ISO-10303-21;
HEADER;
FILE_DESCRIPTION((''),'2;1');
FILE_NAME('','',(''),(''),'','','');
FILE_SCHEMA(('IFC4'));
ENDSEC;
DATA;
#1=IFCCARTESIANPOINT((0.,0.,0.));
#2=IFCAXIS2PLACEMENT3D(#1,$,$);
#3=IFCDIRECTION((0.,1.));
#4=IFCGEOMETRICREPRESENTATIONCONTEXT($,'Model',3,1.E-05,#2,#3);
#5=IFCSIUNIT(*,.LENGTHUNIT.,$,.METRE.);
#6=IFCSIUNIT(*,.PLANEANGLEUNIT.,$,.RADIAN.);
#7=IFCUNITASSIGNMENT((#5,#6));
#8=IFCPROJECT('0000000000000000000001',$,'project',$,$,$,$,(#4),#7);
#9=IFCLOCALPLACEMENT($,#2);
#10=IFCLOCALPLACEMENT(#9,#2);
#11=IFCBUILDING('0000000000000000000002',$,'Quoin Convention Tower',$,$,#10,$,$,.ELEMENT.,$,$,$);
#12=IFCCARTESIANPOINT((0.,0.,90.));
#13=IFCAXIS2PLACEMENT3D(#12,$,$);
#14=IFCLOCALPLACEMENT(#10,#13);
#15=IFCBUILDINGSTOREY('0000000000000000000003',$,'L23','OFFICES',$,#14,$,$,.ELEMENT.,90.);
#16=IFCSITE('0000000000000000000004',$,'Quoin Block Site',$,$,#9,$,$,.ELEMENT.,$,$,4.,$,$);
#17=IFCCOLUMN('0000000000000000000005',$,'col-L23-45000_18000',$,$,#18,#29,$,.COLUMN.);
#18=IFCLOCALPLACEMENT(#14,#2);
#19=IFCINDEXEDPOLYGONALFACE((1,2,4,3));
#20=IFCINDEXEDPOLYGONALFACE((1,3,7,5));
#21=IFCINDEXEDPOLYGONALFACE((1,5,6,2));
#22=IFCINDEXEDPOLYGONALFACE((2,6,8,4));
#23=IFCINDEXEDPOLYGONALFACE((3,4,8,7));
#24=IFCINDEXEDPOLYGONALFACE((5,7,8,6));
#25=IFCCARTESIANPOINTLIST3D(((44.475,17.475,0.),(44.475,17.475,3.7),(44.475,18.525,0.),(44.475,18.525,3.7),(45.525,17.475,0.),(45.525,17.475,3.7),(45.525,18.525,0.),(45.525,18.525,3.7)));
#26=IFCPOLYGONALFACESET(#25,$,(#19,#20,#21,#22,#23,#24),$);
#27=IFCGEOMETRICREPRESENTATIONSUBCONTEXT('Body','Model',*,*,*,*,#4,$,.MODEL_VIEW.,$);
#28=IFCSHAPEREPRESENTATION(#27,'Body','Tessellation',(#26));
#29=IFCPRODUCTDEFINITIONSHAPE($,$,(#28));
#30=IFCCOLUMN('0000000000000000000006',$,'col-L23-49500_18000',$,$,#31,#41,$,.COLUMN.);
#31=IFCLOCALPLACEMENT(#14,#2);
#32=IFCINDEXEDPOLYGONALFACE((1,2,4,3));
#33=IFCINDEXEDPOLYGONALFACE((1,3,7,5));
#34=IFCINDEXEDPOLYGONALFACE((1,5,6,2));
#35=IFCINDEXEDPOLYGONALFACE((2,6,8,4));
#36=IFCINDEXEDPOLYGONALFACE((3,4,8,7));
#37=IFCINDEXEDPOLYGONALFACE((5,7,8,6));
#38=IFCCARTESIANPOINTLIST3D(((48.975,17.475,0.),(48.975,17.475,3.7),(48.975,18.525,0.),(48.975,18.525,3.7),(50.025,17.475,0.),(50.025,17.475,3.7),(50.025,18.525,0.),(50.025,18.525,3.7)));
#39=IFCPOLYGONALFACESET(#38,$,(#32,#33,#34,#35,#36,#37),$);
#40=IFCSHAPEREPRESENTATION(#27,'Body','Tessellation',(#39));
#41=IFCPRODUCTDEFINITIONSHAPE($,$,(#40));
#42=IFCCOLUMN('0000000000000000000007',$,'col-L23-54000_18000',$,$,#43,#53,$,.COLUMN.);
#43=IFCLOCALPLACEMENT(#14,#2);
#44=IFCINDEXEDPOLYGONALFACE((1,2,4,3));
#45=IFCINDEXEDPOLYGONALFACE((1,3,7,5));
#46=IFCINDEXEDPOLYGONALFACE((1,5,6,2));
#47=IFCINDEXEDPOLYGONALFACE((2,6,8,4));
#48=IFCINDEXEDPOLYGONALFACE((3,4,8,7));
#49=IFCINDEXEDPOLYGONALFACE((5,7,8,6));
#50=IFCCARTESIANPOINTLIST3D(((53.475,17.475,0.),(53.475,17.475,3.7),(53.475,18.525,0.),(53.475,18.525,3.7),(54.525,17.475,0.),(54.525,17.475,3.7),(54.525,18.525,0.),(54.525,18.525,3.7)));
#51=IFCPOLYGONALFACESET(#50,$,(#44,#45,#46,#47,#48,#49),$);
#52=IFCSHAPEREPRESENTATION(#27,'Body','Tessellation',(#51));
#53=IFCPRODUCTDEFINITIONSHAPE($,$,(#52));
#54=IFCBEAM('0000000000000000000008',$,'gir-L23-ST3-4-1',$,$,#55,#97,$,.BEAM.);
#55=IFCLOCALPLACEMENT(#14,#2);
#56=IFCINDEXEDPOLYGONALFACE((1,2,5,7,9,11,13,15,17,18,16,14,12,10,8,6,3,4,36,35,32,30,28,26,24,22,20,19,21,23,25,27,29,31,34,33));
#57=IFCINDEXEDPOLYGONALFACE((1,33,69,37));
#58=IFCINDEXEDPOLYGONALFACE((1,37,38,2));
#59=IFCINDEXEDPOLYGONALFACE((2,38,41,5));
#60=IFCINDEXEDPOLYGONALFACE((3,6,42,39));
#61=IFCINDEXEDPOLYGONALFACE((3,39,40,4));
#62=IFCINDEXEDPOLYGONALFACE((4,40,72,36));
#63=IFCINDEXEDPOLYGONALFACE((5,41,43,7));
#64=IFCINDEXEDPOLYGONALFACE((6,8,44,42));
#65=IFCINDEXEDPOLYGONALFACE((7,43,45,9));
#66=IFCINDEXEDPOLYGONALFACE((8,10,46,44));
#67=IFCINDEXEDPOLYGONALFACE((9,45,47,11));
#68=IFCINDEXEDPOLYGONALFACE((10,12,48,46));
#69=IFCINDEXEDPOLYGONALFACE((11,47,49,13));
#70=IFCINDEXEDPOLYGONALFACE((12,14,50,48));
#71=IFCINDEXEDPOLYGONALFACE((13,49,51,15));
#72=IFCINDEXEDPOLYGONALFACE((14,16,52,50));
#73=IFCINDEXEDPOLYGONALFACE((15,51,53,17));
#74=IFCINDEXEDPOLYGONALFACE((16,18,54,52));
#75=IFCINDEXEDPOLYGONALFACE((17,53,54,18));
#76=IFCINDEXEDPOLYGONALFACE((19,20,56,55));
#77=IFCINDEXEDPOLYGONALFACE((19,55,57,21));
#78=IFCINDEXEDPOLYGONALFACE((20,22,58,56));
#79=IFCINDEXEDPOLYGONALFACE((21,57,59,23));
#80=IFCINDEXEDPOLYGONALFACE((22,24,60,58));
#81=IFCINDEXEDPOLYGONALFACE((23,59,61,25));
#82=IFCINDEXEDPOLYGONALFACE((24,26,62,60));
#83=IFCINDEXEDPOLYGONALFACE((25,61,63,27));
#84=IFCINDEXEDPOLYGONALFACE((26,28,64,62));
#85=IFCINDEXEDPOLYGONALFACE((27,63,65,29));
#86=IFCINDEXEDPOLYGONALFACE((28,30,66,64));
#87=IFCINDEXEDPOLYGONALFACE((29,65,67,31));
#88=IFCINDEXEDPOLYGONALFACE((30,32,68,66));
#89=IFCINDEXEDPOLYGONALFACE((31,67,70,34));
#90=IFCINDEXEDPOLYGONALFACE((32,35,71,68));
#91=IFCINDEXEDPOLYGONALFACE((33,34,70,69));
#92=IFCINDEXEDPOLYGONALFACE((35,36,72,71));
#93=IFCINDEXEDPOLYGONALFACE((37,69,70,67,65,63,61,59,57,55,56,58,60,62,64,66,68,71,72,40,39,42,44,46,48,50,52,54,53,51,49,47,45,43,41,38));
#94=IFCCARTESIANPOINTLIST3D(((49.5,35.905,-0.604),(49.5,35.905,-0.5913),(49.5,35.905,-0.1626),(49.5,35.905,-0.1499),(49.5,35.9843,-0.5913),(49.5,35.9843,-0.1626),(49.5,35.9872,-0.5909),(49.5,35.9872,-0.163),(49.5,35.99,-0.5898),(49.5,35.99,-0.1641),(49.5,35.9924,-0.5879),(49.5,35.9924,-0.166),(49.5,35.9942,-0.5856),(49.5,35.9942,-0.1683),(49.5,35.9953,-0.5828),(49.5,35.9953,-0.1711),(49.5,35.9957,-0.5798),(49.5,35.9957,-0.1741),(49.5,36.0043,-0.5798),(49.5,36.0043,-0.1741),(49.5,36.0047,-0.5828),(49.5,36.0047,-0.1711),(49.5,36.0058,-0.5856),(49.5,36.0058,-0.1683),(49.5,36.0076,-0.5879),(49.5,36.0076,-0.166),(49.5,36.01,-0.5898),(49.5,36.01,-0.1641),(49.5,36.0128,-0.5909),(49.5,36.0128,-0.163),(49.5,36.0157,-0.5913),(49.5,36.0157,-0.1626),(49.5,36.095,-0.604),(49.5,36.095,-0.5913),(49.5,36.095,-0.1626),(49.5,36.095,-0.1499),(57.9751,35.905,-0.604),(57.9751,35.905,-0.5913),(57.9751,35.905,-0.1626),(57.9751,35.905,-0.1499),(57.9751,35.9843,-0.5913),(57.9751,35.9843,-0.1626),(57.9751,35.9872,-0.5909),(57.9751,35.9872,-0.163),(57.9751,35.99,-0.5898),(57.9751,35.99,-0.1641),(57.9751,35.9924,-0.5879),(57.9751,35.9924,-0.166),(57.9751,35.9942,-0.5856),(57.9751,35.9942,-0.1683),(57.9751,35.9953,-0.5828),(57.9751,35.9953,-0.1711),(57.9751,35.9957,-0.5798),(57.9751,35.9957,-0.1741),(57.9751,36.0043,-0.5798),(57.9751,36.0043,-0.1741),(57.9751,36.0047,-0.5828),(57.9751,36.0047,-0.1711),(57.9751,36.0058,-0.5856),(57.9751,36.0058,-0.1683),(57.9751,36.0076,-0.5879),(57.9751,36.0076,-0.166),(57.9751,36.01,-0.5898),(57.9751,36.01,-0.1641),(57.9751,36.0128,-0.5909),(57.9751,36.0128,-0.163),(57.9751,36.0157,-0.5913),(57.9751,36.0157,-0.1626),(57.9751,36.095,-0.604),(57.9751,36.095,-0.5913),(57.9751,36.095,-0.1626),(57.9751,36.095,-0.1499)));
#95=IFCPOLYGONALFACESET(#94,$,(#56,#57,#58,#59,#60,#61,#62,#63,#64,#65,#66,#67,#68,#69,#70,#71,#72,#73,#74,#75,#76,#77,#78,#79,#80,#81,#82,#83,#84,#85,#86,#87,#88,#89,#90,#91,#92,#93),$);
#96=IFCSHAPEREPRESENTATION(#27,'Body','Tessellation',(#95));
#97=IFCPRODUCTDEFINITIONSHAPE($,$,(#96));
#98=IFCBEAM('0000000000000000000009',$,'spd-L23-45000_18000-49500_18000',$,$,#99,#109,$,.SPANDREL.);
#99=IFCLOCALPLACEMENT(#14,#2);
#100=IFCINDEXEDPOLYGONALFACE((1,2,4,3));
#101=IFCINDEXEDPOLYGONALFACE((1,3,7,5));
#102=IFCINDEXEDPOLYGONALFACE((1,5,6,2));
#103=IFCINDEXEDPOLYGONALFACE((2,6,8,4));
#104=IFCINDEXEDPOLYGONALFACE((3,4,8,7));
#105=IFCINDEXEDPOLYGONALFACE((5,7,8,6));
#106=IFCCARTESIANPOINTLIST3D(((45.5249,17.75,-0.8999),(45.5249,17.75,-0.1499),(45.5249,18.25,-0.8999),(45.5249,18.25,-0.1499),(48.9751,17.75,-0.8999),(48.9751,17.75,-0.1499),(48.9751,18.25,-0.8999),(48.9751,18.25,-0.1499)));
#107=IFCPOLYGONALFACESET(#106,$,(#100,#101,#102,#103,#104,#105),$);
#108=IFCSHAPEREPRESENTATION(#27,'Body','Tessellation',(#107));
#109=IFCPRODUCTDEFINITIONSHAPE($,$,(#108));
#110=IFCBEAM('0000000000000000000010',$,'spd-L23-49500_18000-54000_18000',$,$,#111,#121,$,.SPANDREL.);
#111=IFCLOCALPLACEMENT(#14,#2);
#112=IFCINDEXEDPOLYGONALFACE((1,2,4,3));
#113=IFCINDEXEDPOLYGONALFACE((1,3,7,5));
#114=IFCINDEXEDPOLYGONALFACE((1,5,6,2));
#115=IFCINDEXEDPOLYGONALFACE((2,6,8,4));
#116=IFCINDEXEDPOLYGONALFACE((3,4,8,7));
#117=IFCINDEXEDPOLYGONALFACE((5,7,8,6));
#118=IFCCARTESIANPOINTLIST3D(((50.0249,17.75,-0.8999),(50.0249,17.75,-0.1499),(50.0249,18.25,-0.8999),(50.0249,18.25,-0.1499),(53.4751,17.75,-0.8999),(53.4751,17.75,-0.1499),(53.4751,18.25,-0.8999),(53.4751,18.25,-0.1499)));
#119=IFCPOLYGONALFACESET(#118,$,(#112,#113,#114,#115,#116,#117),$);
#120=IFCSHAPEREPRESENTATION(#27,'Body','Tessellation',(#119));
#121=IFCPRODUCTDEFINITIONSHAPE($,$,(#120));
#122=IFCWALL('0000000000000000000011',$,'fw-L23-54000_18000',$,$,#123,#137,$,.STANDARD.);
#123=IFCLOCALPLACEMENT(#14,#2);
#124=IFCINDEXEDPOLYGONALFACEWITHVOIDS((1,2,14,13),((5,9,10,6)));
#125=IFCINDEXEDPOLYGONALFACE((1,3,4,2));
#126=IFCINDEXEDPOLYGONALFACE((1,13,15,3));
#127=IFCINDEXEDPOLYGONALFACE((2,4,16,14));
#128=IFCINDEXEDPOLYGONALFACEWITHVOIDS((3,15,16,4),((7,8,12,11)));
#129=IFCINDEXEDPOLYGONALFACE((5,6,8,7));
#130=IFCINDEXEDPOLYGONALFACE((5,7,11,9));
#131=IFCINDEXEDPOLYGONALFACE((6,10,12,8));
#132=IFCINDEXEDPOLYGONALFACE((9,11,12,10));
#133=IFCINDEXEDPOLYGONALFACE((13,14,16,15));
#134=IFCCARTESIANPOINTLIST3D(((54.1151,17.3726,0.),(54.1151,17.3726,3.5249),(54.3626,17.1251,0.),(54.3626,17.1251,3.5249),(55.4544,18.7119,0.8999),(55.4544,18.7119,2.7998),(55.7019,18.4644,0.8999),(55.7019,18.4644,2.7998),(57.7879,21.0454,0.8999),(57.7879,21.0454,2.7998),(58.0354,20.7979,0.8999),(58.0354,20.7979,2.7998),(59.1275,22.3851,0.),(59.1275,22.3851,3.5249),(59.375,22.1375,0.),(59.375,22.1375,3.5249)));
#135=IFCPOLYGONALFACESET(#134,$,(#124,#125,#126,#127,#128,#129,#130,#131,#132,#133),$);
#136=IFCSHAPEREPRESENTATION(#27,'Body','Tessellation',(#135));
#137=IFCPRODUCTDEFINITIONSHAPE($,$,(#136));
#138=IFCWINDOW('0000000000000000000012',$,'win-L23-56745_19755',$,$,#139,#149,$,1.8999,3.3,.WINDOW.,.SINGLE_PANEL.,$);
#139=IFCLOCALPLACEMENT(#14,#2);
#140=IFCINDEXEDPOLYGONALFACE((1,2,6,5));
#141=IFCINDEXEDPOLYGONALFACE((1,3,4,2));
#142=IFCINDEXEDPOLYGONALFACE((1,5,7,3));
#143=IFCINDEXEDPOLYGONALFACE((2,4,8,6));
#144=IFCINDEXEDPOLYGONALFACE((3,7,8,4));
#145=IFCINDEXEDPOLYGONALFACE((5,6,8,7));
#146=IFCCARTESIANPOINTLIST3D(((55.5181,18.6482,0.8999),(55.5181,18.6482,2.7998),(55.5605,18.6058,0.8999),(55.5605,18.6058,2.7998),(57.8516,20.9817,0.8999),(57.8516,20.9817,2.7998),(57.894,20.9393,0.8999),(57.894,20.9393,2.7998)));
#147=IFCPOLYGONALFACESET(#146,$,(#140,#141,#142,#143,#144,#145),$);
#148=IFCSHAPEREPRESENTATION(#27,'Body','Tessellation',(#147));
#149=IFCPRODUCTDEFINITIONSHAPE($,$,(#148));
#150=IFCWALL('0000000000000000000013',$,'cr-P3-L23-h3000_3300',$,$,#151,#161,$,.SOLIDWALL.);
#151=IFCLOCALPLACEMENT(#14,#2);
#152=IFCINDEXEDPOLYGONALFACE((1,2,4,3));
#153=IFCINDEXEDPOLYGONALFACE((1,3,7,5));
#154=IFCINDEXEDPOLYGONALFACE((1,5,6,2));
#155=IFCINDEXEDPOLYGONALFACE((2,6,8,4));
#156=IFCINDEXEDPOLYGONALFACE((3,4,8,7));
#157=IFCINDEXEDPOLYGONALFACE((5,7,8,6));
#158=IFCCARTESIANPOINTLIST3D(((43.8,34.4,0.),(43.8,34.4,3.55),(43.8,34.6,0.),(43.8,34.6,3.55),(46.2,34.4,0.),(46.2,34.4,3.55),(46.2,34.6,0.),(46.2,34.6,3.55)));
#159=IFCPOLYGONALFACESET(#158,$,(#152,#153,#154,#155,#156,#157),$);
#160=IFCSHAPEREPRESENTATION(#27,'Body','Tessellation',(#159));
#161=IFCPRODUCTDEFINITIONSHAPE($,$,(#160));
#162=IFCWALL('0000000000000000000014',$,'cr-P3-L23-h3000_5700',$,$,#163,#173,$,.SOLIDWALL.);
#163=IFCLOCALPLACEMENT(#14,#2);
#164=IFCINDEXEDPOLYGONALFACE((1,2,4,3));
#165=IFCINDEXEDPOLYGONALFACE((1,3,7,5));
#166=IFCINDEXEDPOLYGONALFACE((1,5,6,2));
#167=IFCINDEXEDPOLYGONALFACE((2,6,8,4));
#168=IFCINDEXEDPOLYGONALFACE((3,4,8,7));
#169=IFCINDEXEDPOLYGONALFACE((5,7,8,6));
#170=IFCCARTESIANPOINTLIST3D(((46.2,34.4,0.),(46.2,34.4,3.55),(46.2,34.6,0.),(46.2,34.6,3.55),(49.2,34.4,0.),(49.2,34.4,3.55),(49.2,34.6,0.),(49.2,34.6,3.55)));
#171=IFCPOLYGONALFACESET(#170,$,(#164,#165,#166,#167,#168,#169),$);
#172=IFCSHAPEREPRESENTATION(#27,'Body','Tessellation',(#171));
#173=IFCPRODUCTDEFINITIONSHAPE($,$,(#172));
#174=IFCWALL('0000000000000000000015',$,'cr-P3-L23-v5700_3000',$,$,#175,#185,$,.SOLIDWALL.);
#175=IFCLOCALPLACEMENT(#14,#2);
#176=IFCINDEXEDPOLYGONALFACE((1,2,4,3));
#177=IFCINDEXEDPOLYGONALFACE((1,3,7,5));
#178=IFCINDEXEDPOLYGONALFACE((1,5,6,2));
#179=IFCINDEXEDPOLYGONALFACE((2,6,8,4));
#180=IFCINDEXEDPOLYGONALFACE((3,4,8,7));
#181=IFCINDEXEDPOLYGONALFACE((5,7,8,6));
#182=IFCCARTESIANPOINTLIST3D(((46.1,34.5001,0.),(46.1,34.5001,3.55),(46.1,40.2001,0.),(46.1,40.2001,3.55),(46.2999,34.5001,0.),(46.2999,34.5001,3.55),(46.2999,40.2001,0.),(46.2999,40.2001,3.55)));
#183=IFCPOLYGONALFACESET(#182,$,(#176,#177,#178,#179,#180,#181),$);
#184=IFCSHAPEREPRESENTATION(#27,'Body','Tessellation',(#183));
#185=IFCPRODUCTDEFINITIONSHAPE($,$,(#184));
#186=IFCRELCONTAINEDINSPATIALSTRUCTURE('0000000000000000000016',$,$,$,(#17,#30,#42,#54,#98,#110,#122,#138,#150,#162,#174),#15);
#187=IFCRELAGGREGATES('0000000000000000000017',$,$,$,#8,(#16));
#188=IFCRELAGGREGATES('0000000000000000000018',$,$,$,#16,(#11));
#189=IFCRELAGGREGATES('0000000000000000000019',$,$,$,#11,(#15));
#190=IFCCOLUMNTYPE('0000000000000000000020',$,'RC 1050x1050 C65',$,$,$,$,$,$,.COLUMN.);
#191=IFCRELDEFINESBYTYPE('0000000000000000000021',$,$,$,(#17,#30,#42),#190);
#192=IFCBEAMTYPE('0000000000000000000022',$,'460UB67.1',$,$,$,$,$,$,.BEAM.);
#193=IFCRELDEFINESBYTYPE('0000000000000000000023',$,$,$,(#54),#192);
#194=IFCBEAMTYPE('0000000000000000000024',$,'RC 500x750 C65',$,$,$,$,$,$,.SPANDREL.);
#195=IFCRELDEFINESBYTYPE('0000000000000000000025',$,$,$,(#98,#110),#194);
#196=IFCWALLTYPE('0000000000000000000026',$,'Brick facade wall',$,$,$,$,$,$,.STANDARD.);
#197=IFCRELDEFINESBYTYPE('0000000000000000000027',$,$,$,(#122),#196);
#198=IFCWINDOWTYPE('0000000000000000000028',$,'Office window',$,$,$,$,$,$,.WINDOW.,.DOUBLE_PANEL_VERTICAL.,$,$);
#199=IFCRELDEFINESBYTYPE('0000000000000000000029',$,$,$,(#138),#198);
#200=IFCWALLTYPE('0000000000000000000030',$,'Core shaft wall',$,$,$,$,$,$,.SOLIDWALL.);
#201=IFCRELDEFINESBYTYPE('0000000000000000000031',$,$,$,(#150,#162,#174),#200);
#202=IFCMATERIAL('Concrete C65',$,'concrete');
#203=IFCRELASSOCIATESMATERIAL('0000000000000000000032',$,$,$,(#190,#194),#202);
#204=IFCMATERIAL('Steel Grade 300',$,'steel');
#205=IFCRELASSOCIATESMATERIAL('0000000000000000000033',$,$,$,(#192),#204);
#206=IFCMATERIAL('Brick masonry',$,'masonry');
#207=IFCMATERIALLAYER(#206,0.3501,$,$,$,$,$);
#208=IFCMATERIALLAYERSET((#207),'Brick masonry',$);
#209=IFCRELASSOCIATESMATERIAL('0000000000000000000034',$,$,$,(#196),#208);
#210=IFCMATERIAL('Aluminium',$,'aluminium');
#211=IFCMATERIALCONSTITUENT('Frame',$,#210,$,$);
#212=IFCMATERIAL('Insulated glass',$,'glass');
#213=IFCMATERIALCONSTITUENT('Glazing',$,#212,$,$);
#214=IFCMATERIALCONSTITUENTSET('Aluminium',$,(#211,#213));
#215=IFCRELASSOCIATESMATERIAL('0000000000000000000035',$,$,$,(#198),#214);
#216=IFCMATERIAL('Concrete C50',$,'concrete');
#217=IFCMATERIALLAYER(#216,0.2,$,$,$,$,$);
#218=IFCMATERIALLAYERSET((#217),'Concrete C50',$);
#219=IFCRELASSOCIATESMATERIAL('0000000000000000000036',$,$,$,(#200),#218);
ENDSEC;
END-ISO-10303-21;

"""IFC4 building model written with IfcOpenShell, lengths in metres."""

from ifc_helpers import new_model, si_unit, direction, frame, frame_2d, origin, origin_2d, place, context, subcontext, project, spatial, rectangle, i_section, extrude, material, layer, layer_set, constituent, constituent_set, material_profile, profile_set, type_object, element, fill, save


model = new_model("IFC4")

# Units and contexts
model_context = context("Model", 3, precision=1e-05, world=origin(), true_north=direction((0.0, 1.0)))
body_context = subcontext(model_context, "Body", "Model", "MODEL_VIEW")
ifc_project = project(units=[si_unit("LENGTHUNIT", "METRE"), si_unit("PLANEANGLEUNIT", "RADIAN")], contexts=[model_context])

# Site, building, storey
site_placement = place(None, origin())
site = spatial("IfcSite", under=ifc_project, at=site_placement, Name="Quoin Block Site", CompositionType="ELEMENT", RefElevation=4.0)
building_placement = place(site_placement, origin())
building = spatial("IfcBuilding", under=site, at=building_placement, Name="Quoin Convention Tower", CompositionType="ELEMENT")
storey_placement = place(building_placement, frame((0.0, 0.0, 90.0)))
storey = spatial("IfcBuildingStorey", under=building, at=storey_placement, Name="L23", Description="OFFICES", CompositionType="ELEMENT", Elevation=90.0)

# Columns
ifc_material_1 = material(Name="Concrete C65", Category="concrete")
ifc_material_profile_1 = material_profile(ifc_material_1, rectangle(XDim=1.05, YDim=1.05, at=origin_2d()), Name="RC 1050x1050")
ifc_profile_set_1 = profile_set([ifc_material_profile_1], Name="Concrete C65")
column_type = type_object("IfcColumnType", Name="RC 1050x1050 C65", PredefinedType="COLUMN", material=ifc_profile_set_1)
for number, where, z_axis, x_axis, name in (
    (1, (45.0, 18.0, 0.0), (0.0, 0.0, 1.0), (1.0, 0.0, 0.0), "col-L23-45000_18000"),
    (2, (49.5, 18.0, 0.0), (0.0, 0.0, 1.0), (1.0, 0.0, 0.0), "col-L23-49500_18000"),
    (3, (54.0, 18.0, 0.0), (0.0, 0.0, 1.0), (1.0, 0.0, 0.0), "col-L23-54000_18000"),
):
    element("IfcColumn", number, at=place(storey_placement, frame(where, z_axis=z_axis, x_axis=x_axis)), inside=storey, type_object=column_type, Name=name, PredefinedType="COLUMN", context=body_context, shape_type="SweptSolid", body=[
        extrude(rectangle(XDim=1.05, YDim=1.05, at=origin_2d()), origin(), (0.0, 0.0, 1.0), 3.7),
    ])

# Beams
ifc_material_2 = material(Name="Steel Grade 300", Category="steel")
ifc_material_profile_2 = material_profile(ifc_material_2, i_section(OverallWidth=0.1899, OverallDepth=0.4541, WebThickness=0.0085, FlangeThickness=0.0127, FilletRadius=0.0115, at=origin_2d()), Name="460UB67.1")
ifc_profile_set_2 = profile_set([ifc_material_profile_2], Name="Steel Grade 300")
beam_type_1 = type_object("IfcBeamType", Name="460UB67.1", PredefinedType="BEAM", material=ifc_profile_set_2)
beam_placement = place(storey_placement, frame((49.5, 36.0, -0.377), z_axis=(1.0, 0.0, 0.0), x_axis=(0.0, 1.0, 0.0)))
element("IfcBeam", 4, at=beam_placement, inside=storey, type_object=beam_type_1, Name="gir-L23-ST3-4-1", PredefinedType="BEAM", context=body_context, shape_type="SweptSolid", body=[
    extrude(i_section(OverallWidth=0.1899, OverallDepth=0.4541, WebThickness=0.0085, FlangeThickness=0.0127, FilletRadius=0.0115, at=origin_2d()), origin(), (0.0, 0.0, 1.0), 8.4751),
])
ifc_material_profile_3 = material_profile(ifc_material_1, rectangle(XDim=0.5, YDim=0.75, at=origin_2d()), Name="RC 500x750")
ifc_profile_set_3 = profile_set([ifc_material_profile_3], Name="Concrete C65")
beam_type_2 = type_object("IfcBeamType", Name="RC 500x750 C65", PredefinedType="SPANDREL", material=ifc_profile_set_3)
for number, where, z_axis, x_axis, name in (
    (5, (45.5249, 18.0, -0.5249), (1.0, 0.0, 0.0), (0.0, 1.0, 0.0), "spd-L23-45000_18000-49500_18000"),
    (6, (50.0249, 18.0, -0.5249), (1.0, 0.0, 0.0), (0.0, 1.0, 0.0), "spd-L23-49500_18000-54000_18000"),
):
    element("IfcBeam", number, at=place(storey_placement, frame(where, z_axis=z_axis, x_axis=x_axis)), inside=storey, type_object=beam_type_2, Name=name, PredefinedType="SPANDREL", context=body_context, shape_type="SweptSolid", body=[
        extrude(rectangle(XDim=0.5, YDim=0.75, at=origin_2d()), origin(), (0.0, 0.0, 1.0), 3.4502),
    ])

# Wall, opening, window
ifc_material_3 = material(Name="Brick masonry", Category="masonry")
ifc_layer_1 = layer(ifc_material_3, 0.3501)
ifc_layer_set_1 = layer_set([ifc_layer_1], Name="Brick masonry")
wall_type_1 = type_object("IfcWallType", Name="Brick facade wall", PredefinedType="STANDARD", material=ifc_layer_set_1)
wall_1_placement = place(storey_placement, frame((54.2388, 17.2488, 0.0), z_axis=(0.0, 0.0, 1.0), x_axis=(0.707107, 0.707107, 0.0)))
wall_1 = element("IfcWall", 7, at=wall_1_placement, inside=storey, type_object=wall_type_1, Name="fw-L23-54000_18000", PredefinedType="STANDARD", context=body_context, shape_type="SweptSolid", body=[
    extrude(rectangle(XDim=7.0886, YDim=0.3501, at=frame_2d((3.5444, 0.0))), origin(), (0.0, 0.0, 1.0), 3.5249),
])
opening_1_placement = place(wall_1_placement, frame((1.8943, 0.0, 0.8999)))
opening_1 = element("IfcOpeningElement", 8, at=opening_1_placement, cuts=wall_1, PredefinedType="OPENING", context=body_context, shape_type="SweptSolid", body=[
    extrude(rectangle(XDim=3.3, YDim=1.8999, at=frame_2d((1.6499, 0.95))), frame((0.0, 0.1851, 0.0), z_axis=(0.0, -1.0, 0.0), x_axis=(1.0, 0.0, 0.0)), (0.0, 0.0, 1.0), 0.3701),
])
ifc_material_4 = material(Name="Aluminium", Category="aluminium")
ifc_constituent_1 = constituent(ifc_material_4, Name="Frame")
ifc_material_5 = material(Name="Insulated glass", Category="glass")
ifc_constituent_2 = constituent(ifc_material_5, Name="Glazing")
ifc_constituent_set = constituent_set(constituents=[ifc_constituent_1, ifc_constituent_2], Name="Aluminium")
window_type = type_object("IfcWindowType", Name="Office window", PartitioningType="DOUBLE_PANEL_VERTICAL", PredefinedType="WINDOW", material=ifc_constituent_set)
window_placement = place(opening_1_placement, origin())
window = element("IfcWindow", 9, at=window_placement, inside=storey, type_object=window_type, Name="win-L23-56745_19755", OverallHeight=1.8999, OverallWidth=3.3, PartitioningType="SINGLE_PANEL", PredefinedType="WINDOW", context=body_context, shape_type="SweptSolid", body=[
    extrude(rectangle(XDim=3.3, YDim=1.8999, at=frame_2d((1.6499, 0.95))), frame((0.0, 0.085, 0.0), z_axis=(0.0, -1.0, 0.0), x_axis=(1.0, 0.0, 0.0)), (0.0, 0.0, 1.0), 0.0601),
])
fill(opening_1, window)

# Walls
ifc_material_6 = material(Name="Concrete C50", Category="concrete")
ifc_layer_2 = layer(ifc_material_6, 0.2)
ifc_layer_set_2 = layer_set([ifc_layer_2], Name="Concrete C50")
wall_type_2 = type_object("IfcWallType", Name="Core shaft wall", PredefinedType="SOLIDWALL", material=ifc_layer_set_2)
wall_2_placement = place(storey_placement, frame((43.8, 34.5, 0.0), z_axis=(0.0, 0.0, 1.0), x_axis=(1.0, 0.0, 0.0)))
element("IfcWall", 10, at=wall_2_placement, inside=storey, type_object=wall_type_2, Name="cr-P3-L23-h3000_3300", PredefinedType="SOLIDWALL", context=body_context, shape_type="SweptSolid", body=[
    extrude(rectangle(XDim=2.3999, YDim=0.2, at=frame_2d((1.2, 0.0))), origin(), (0.0, 0.0, 1.0), 3.55),
])
wall_3_placement = place(storey_placement, frame((46.2, 34.5, 0.0), z_axis=(0.0, 0.0, 1.0), x_axis=(1.0, 0.0, 0.0)))
element("IfcWall", 11, at=wall_3_placement, inside=storey, type_object=wall_type_2, Name="cr-P3-L23-h3000_5700", PredefinedType="SOLIDWALL", context=body_context, shape_type="SweptSolid", body=[
    extrude(rectangle(XDim=3.0, YDim=0.2, at=frame_2d((1.5, 0.0))), origin(), (0.0, 0.0, 1.0), 3.55),
])
wall_4_placement = place(storey_placement, frame((46.2, 34.5, 0.0), z_axis=(0.0, 0.0, 1.0), x_axis=(0.0, 1.0, 0.0)))
element("IfcWall", 12, at=wall_4_placement, inside=storey, type_object=wall_type_2, Name="cr-P3-L23-v5700_3000", PredefinedType="SOLIDWALL", context=body_context, shape_type="SweptSolid", body=[
    extrude(rectangle(XDim=5.7, YDim=0.2, at=frame_2d((2.8501, 0.0))), origin(), (0.0, 0.0, 1.0), 3.55),
])

save(model, "model.ifc")
